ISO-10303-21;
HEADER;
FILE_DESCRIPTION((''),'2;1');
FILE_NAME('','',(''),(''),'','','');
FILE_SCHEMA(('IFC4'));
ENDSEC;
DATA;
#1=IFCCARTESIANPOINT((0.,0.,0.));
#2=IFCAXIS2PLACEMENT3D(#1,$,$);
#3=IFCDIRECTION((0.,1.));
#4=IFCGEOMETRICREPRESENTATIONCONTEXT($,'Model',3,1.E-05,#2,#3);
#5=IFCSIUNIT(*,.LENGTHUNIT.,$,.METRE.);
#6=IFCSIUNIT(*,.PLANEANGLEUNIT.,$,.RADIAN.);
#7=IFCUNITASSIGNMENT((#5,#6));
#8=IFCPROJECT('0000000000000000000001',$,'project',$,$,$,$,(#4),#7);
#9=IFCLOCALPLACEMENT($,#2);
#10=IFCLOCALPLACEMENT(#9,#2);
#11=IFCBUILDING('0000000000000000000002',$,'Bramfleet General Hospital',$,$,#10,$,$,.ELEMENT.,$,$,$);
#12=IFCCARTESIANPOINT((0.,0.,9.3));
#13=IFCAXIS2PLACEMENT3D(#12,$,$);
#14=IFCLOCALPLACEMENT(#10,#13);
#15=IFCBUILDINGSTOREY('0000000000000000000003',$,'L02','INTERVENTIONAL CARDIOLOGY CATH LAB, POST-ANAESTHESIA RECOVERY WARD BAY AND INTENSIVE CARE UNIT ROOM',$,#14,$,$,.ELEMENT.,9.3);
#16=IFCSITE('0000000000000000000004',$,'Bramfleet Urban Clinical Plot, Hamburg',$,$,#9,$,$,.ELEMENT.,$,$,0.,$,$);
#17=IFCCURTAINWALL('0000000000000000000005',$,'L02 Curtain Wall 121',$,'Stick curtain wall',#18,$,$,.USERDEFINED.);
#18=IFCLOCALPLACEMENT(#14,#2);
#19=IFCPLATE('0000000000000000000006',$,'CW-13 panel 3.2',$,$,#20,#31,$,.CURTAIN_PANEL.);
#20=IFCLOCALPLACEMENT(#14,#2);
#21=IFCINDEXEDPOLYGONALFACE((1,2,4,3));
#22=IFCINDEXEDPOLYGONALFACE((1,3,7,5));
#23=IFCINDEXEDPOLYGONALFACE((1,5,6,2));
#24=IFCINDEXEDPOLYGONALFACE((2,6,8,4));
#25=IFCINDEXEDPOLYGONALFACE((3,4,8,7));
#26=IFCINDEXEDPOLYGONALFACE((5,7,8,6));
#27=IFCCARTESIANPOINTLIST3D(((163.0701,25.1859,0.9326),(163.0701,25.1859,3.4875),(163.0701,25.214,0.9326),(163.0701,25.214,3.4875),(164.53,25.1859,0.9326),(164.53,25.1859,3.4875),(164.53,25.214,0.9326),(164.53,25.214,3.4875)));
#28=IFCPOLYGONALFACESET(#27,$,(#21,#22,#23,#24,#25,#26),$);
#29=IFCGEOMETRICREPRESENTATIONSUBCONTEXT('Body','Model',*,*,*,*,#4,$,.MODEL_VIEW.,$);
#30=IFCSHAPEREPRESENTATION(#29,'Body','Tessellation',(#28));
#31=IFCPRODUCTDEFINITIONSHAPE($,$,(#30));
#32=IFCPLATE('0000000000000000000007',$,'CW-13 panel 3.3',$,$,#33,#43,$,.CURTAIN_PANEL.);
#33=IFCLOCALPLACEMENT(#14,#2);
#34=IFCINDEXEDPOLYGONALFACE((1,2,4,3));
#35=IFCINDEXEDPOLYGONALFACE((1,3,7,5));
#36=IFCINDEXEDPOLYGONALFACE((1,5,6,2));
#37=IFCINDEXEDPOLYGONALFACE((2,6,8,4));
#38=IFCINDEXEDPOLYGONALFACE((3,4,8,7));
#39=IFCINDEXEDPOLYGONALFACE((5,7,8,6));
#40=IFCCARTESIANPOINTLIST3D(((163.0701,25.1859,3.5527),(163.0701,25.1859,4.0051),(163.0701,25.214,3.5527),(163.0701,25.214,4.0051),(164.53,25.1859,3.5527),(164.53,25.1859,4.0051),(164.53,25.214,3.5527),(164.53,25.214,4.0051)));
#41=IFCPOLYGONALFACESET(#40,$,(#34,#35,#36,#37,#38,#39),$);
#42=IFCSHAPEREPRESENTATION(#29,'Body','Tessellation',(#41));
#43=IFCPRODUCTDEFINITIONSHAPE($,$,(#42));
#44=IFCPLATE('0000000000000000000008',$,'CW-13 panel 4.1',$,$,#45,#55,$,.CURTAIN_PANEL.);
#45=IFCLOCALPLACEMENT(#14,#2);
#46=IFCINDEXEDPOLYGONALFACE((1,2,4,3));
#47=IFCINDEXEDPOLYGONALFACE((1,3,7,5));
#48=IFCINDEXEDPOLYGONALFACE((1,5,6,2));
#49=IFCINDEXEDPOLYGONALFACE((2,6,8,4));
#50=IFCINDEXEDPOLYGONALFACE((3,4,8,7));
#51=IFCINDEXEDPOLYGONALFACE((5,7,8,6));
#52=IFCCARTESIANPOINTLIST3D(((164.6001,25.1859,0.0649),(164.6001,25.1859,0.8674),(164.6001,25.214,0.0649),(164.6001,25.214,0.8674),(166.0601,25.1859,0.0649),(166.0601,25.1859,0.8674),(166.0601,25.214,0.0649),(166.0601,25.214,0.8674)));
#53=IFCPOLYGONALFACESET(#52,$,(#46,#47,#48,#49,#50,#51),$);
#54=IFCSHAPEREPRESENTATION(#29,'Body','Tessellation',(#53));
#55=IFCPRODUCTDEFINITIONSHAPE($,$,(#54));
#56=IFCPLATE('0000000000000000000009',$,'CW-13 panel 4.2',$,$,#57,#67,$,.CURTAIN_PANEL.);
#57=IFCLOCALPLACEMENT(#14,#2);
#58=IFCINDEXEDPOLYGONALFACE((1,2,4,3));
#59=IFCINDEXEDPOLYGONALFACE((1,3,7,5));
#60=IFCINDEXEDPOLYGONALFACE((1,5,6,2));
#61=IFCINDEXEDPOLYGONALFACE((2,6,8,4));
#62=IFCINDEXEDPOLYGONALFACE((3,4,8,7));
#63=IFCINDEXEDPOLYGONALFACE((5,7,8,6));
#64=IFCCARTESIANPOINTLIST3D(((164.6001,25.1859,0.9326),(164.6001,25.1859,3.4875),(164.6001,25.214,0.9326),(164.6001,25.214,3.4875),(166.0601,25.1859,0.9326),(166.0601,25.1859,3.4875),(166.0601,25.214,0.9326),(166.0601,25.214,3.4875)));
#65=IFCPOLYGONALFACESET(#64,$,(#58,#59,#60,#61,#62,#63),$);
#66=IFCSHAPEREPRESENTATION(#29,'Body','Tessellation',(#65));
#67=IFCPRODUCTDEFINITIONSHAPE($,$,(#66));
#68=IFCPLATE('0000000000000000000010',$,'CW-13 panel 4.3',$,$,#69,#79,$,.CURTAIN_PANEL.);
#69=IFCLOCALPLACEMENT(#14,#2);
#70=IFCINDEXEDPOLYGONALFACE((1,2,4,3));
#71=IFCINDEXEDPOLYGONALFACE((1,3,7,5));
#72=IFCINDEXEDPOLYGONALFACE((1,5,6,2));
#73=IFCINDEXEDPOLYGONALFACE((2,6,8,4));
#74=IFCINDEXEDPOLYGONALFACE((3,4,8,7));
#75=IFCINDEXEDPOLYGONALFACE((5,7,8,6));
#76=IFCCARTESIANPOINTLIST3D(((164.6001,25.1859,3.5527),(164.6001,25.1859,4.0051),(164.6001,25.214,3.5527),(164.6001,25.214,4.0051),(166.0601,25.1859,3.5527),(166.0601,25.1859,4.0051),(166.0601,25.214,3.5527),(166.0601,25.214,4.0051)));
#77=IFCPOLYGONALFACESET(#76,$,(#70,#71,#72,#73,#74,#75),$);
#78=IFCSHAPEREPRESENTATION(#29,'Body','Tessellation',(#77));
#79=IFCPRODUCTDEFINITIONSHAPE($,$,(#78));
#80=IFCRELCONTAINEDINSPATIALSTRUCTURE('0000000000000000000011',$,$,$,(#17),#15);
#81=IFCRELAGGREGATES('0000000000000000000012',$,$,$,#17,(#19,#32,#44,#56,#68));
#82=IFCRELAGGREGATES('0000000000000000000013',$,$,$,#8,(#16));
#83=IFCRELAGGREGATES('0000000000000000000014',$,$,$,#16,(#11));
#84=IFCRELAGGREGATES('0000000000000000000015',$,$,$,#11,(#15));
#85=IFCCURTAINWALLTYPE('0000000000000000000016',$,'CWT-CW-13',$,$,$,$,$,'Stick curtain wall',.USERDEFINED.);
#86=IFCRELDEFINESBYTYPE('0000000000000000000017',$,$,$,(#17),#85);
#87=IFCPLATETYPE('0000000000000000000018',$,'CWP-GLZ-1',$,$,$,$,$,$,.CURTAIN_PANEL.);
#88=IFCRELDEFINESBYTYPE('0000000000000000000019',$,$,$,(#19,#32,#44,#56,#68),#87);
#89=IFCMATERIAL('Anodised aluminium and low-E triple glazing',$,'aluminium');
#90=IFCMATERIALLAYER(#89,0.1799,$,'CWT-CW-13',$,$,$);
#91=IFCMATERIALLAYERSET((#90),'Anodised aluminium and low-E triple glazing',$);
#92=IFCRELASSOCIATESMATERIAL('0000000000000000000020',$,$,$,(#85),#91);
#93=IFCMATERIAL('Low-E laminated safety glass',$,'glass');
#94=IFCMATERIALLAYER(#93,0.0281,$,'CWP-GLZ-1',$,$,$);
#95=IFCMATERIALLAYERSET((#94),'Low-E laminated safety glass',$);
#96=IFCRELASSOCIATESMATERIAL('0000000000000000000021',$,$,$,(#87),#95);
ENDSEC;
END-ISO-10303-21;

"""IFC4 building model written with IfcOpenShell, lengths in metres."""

from ifc_helpers import new_model, si_unit, direction, frame, origin, origin_2d, place, context, subcontext, project, spatial, rectangle, extrude, material, layer, layer_set, type_object, element, aggregate, save


model = new_model("IFC4")

# Units and contexts
model_context = context("Model", 3, precision=1e-05, world=origin(), true_north=direction((0.0, 1.0)))
body_context = subcontext(model_context, "Body", "Model", "MODEL_VIEW")
ifc_project = project(units=[si_unit("LENGTHUNIT", "METRE"), si_unit("PLANEANGLEUNIT", "RADIAN")], contexts=[model_context])

# Site, building, storey
site_placement = place(None, origin())
site = spatial("IfcSite", under=ifc_project, at=site_placement, Name="Bramfleet Urban Clinical Plot, Hamburg", CompositionType="ELEMENT", RefElevation=0.0)
building_placement = place(site_placement, origin())
building = spatial("IfcBuilding", under=site, at=building_placement, Name="Bramfleet General Hospital", CompositionType="ELEMENT")
storey_placement = place(building_placement, frame((0.0, 0.0, 9.3)))
storey = spatial("IfcBuildingStorey", under=building, at=storey_placement, Name="L02", Description="INTERVENTIONAL CARDIOLOGY CATH LAB, POST-ANAESTHESIA RECOVERY WARD BAY AND INTENSIVE CARE UNIT ROOM", CompositionType="ELEMENT", Elevation=9.3)

# Curtain wall, plates
ifc_material_1 = material(Name="Anodised aluminium and low-E triple glazing", Category="aluminium")
ifc_layer_1 = layer(ifc_material_1, 0.1799, Name="CWT-CW-13")
ifc_layer_set_1 = layer_set([ifc_layer_1], Name="Anodised aluminium and low-E triple glazing")
curtain_wall_type = type_object("IfcCurtainWallType", Name="CWT-CW-13", ElementType="Stick curtain wall", PredefinedType="USERDEFINED", material=ifc_layer_set_1)
curtain_wall_placement = place(storey_placement, origin())
curtain_wall = element("IfcCurtainWall", 1, at=curtain_wall_placement, inside=storey, type_object=curtain_wall_type, Name="L02 Curtain Wall 121", ObjectType="Stick curtain wall", PredefinedType="USERDEFINED")
ifc_material_2 = material(Name="Low-E laminated safety glass", Category="glass")
ifc_layer_2 = layer(ifc_material_2, 0.0281, Name="CWP-GLZ-1")
ifc_layer_set_2 = layer_set([ifc_layer_2], Name="Low-E laminated safety glass")
plate_type = type_object("IfcPlateType", Name="CWP-GLZ-1", PredefinedType="CURTAIN_PANEL", material=ifc_layer_set_2)
plate_1_placement = place(storey_placement, frame((163.8, 25.2, 0.9326), z_axis=(0.0, 0.0, 1.0), x_axis=(1.0, 0.0, 0.0)))
plate_1 = element("IfcPlate", 2, at=plate_1_placement, type_object=plate_type, Name="CW-13 panel 3.2", PredefinedType="CURTAIN_PANEL", context=body_context, shape_type="SweptSolid", body=[
    extrude(rectangle(XDim=1.46, YDim=0.0281, at=origin_2d()), origin(), (0.0, 0.0, 1.0), 2.5549),
])
plate_2_placement = place(storey_placement, frame((163.8, 25.2, 3.5527), z_axis=(0.0, 0.0, 1.0), x_axis=(1.0, 0.0, 0.0)))
plate_2 = element("IfcPlate", 3, at=plate_2_placement, type_object=plate_type, Name="CW-13 panel 3.3", PredefinedType="CURTAIN_PANEL", context=body_context, shape_type="SweptSolid", body=[
    extrude(rectangle(XDim=1.46, YDim=0.0281, at=origin_2d()), origin(), (0.0, 0.0, 1.0), 0.4524),
])
plate_3_placement = place(storey_placement, frame((165.3301, 25.2, 0.0649), z_axis=(0.0, 0.0, 1.0), x_axis=(1.0, 0.0, 0.0)))
plate_3 = element("IfcPlate", 4, at=plate_3_placement, type_object=plate_type, Name="CW-13 panel 4.1", PredefinedType="CURTAIN_PANEL", context=body_context, shape_type="SweptSolid", body=[
    extrude(rectangle(XDim=1.46, YDim=0.0281, at=origin_2d()), origin(), (0.0, 0.0, 1.0), 0.8025),
])
plate_4_placement = place(storey_placement, frame((165.3301, 25.2, 0.9326), z_axis=(0.0, 0.0, 1.0), x_axis=(1.0, 0.0, 0.0)))
plate_4 = element("IfcPlate", 5, at=plate_4_placement, type_object=plate_type, Name="CW-13 panel 4.2", PredefinedType="CURTAIN_PANEL", context=body_context, shape_type="SweptSolid", body=[
    extrude(rectangle(XDim=1.46, YDim=0.0281, at=origin_2d()), origin(), (0.0, 0.0, 1.0), 2.5549),
])
plate_5_placement = place(storey_placement, frame((165.3301, 25.2, 3.5527), z_axis=(0.0, 0.0, 1.0), x_axis=(1.0, 0.0, 0.0)))
plate_5 = element("IfcPlate", 6, at=plate_5_placement, type_object=plate_type, Name="CW-13 panel 4.3", PredefinedType="CURTAIN_PANEL", context=body_context, shape_type="SweptSolid", body=[
    extrude(rectangle(XDim=1.46, YDim=0.0281, at=origin_2d()), origin(), (0.0, 0.0, 1.0), 0.4524),
])
aggregate(curtain_wall, [plate_1, plate_2, plate_3, plate_4, plate_5])

save(model, "model.ifc")
